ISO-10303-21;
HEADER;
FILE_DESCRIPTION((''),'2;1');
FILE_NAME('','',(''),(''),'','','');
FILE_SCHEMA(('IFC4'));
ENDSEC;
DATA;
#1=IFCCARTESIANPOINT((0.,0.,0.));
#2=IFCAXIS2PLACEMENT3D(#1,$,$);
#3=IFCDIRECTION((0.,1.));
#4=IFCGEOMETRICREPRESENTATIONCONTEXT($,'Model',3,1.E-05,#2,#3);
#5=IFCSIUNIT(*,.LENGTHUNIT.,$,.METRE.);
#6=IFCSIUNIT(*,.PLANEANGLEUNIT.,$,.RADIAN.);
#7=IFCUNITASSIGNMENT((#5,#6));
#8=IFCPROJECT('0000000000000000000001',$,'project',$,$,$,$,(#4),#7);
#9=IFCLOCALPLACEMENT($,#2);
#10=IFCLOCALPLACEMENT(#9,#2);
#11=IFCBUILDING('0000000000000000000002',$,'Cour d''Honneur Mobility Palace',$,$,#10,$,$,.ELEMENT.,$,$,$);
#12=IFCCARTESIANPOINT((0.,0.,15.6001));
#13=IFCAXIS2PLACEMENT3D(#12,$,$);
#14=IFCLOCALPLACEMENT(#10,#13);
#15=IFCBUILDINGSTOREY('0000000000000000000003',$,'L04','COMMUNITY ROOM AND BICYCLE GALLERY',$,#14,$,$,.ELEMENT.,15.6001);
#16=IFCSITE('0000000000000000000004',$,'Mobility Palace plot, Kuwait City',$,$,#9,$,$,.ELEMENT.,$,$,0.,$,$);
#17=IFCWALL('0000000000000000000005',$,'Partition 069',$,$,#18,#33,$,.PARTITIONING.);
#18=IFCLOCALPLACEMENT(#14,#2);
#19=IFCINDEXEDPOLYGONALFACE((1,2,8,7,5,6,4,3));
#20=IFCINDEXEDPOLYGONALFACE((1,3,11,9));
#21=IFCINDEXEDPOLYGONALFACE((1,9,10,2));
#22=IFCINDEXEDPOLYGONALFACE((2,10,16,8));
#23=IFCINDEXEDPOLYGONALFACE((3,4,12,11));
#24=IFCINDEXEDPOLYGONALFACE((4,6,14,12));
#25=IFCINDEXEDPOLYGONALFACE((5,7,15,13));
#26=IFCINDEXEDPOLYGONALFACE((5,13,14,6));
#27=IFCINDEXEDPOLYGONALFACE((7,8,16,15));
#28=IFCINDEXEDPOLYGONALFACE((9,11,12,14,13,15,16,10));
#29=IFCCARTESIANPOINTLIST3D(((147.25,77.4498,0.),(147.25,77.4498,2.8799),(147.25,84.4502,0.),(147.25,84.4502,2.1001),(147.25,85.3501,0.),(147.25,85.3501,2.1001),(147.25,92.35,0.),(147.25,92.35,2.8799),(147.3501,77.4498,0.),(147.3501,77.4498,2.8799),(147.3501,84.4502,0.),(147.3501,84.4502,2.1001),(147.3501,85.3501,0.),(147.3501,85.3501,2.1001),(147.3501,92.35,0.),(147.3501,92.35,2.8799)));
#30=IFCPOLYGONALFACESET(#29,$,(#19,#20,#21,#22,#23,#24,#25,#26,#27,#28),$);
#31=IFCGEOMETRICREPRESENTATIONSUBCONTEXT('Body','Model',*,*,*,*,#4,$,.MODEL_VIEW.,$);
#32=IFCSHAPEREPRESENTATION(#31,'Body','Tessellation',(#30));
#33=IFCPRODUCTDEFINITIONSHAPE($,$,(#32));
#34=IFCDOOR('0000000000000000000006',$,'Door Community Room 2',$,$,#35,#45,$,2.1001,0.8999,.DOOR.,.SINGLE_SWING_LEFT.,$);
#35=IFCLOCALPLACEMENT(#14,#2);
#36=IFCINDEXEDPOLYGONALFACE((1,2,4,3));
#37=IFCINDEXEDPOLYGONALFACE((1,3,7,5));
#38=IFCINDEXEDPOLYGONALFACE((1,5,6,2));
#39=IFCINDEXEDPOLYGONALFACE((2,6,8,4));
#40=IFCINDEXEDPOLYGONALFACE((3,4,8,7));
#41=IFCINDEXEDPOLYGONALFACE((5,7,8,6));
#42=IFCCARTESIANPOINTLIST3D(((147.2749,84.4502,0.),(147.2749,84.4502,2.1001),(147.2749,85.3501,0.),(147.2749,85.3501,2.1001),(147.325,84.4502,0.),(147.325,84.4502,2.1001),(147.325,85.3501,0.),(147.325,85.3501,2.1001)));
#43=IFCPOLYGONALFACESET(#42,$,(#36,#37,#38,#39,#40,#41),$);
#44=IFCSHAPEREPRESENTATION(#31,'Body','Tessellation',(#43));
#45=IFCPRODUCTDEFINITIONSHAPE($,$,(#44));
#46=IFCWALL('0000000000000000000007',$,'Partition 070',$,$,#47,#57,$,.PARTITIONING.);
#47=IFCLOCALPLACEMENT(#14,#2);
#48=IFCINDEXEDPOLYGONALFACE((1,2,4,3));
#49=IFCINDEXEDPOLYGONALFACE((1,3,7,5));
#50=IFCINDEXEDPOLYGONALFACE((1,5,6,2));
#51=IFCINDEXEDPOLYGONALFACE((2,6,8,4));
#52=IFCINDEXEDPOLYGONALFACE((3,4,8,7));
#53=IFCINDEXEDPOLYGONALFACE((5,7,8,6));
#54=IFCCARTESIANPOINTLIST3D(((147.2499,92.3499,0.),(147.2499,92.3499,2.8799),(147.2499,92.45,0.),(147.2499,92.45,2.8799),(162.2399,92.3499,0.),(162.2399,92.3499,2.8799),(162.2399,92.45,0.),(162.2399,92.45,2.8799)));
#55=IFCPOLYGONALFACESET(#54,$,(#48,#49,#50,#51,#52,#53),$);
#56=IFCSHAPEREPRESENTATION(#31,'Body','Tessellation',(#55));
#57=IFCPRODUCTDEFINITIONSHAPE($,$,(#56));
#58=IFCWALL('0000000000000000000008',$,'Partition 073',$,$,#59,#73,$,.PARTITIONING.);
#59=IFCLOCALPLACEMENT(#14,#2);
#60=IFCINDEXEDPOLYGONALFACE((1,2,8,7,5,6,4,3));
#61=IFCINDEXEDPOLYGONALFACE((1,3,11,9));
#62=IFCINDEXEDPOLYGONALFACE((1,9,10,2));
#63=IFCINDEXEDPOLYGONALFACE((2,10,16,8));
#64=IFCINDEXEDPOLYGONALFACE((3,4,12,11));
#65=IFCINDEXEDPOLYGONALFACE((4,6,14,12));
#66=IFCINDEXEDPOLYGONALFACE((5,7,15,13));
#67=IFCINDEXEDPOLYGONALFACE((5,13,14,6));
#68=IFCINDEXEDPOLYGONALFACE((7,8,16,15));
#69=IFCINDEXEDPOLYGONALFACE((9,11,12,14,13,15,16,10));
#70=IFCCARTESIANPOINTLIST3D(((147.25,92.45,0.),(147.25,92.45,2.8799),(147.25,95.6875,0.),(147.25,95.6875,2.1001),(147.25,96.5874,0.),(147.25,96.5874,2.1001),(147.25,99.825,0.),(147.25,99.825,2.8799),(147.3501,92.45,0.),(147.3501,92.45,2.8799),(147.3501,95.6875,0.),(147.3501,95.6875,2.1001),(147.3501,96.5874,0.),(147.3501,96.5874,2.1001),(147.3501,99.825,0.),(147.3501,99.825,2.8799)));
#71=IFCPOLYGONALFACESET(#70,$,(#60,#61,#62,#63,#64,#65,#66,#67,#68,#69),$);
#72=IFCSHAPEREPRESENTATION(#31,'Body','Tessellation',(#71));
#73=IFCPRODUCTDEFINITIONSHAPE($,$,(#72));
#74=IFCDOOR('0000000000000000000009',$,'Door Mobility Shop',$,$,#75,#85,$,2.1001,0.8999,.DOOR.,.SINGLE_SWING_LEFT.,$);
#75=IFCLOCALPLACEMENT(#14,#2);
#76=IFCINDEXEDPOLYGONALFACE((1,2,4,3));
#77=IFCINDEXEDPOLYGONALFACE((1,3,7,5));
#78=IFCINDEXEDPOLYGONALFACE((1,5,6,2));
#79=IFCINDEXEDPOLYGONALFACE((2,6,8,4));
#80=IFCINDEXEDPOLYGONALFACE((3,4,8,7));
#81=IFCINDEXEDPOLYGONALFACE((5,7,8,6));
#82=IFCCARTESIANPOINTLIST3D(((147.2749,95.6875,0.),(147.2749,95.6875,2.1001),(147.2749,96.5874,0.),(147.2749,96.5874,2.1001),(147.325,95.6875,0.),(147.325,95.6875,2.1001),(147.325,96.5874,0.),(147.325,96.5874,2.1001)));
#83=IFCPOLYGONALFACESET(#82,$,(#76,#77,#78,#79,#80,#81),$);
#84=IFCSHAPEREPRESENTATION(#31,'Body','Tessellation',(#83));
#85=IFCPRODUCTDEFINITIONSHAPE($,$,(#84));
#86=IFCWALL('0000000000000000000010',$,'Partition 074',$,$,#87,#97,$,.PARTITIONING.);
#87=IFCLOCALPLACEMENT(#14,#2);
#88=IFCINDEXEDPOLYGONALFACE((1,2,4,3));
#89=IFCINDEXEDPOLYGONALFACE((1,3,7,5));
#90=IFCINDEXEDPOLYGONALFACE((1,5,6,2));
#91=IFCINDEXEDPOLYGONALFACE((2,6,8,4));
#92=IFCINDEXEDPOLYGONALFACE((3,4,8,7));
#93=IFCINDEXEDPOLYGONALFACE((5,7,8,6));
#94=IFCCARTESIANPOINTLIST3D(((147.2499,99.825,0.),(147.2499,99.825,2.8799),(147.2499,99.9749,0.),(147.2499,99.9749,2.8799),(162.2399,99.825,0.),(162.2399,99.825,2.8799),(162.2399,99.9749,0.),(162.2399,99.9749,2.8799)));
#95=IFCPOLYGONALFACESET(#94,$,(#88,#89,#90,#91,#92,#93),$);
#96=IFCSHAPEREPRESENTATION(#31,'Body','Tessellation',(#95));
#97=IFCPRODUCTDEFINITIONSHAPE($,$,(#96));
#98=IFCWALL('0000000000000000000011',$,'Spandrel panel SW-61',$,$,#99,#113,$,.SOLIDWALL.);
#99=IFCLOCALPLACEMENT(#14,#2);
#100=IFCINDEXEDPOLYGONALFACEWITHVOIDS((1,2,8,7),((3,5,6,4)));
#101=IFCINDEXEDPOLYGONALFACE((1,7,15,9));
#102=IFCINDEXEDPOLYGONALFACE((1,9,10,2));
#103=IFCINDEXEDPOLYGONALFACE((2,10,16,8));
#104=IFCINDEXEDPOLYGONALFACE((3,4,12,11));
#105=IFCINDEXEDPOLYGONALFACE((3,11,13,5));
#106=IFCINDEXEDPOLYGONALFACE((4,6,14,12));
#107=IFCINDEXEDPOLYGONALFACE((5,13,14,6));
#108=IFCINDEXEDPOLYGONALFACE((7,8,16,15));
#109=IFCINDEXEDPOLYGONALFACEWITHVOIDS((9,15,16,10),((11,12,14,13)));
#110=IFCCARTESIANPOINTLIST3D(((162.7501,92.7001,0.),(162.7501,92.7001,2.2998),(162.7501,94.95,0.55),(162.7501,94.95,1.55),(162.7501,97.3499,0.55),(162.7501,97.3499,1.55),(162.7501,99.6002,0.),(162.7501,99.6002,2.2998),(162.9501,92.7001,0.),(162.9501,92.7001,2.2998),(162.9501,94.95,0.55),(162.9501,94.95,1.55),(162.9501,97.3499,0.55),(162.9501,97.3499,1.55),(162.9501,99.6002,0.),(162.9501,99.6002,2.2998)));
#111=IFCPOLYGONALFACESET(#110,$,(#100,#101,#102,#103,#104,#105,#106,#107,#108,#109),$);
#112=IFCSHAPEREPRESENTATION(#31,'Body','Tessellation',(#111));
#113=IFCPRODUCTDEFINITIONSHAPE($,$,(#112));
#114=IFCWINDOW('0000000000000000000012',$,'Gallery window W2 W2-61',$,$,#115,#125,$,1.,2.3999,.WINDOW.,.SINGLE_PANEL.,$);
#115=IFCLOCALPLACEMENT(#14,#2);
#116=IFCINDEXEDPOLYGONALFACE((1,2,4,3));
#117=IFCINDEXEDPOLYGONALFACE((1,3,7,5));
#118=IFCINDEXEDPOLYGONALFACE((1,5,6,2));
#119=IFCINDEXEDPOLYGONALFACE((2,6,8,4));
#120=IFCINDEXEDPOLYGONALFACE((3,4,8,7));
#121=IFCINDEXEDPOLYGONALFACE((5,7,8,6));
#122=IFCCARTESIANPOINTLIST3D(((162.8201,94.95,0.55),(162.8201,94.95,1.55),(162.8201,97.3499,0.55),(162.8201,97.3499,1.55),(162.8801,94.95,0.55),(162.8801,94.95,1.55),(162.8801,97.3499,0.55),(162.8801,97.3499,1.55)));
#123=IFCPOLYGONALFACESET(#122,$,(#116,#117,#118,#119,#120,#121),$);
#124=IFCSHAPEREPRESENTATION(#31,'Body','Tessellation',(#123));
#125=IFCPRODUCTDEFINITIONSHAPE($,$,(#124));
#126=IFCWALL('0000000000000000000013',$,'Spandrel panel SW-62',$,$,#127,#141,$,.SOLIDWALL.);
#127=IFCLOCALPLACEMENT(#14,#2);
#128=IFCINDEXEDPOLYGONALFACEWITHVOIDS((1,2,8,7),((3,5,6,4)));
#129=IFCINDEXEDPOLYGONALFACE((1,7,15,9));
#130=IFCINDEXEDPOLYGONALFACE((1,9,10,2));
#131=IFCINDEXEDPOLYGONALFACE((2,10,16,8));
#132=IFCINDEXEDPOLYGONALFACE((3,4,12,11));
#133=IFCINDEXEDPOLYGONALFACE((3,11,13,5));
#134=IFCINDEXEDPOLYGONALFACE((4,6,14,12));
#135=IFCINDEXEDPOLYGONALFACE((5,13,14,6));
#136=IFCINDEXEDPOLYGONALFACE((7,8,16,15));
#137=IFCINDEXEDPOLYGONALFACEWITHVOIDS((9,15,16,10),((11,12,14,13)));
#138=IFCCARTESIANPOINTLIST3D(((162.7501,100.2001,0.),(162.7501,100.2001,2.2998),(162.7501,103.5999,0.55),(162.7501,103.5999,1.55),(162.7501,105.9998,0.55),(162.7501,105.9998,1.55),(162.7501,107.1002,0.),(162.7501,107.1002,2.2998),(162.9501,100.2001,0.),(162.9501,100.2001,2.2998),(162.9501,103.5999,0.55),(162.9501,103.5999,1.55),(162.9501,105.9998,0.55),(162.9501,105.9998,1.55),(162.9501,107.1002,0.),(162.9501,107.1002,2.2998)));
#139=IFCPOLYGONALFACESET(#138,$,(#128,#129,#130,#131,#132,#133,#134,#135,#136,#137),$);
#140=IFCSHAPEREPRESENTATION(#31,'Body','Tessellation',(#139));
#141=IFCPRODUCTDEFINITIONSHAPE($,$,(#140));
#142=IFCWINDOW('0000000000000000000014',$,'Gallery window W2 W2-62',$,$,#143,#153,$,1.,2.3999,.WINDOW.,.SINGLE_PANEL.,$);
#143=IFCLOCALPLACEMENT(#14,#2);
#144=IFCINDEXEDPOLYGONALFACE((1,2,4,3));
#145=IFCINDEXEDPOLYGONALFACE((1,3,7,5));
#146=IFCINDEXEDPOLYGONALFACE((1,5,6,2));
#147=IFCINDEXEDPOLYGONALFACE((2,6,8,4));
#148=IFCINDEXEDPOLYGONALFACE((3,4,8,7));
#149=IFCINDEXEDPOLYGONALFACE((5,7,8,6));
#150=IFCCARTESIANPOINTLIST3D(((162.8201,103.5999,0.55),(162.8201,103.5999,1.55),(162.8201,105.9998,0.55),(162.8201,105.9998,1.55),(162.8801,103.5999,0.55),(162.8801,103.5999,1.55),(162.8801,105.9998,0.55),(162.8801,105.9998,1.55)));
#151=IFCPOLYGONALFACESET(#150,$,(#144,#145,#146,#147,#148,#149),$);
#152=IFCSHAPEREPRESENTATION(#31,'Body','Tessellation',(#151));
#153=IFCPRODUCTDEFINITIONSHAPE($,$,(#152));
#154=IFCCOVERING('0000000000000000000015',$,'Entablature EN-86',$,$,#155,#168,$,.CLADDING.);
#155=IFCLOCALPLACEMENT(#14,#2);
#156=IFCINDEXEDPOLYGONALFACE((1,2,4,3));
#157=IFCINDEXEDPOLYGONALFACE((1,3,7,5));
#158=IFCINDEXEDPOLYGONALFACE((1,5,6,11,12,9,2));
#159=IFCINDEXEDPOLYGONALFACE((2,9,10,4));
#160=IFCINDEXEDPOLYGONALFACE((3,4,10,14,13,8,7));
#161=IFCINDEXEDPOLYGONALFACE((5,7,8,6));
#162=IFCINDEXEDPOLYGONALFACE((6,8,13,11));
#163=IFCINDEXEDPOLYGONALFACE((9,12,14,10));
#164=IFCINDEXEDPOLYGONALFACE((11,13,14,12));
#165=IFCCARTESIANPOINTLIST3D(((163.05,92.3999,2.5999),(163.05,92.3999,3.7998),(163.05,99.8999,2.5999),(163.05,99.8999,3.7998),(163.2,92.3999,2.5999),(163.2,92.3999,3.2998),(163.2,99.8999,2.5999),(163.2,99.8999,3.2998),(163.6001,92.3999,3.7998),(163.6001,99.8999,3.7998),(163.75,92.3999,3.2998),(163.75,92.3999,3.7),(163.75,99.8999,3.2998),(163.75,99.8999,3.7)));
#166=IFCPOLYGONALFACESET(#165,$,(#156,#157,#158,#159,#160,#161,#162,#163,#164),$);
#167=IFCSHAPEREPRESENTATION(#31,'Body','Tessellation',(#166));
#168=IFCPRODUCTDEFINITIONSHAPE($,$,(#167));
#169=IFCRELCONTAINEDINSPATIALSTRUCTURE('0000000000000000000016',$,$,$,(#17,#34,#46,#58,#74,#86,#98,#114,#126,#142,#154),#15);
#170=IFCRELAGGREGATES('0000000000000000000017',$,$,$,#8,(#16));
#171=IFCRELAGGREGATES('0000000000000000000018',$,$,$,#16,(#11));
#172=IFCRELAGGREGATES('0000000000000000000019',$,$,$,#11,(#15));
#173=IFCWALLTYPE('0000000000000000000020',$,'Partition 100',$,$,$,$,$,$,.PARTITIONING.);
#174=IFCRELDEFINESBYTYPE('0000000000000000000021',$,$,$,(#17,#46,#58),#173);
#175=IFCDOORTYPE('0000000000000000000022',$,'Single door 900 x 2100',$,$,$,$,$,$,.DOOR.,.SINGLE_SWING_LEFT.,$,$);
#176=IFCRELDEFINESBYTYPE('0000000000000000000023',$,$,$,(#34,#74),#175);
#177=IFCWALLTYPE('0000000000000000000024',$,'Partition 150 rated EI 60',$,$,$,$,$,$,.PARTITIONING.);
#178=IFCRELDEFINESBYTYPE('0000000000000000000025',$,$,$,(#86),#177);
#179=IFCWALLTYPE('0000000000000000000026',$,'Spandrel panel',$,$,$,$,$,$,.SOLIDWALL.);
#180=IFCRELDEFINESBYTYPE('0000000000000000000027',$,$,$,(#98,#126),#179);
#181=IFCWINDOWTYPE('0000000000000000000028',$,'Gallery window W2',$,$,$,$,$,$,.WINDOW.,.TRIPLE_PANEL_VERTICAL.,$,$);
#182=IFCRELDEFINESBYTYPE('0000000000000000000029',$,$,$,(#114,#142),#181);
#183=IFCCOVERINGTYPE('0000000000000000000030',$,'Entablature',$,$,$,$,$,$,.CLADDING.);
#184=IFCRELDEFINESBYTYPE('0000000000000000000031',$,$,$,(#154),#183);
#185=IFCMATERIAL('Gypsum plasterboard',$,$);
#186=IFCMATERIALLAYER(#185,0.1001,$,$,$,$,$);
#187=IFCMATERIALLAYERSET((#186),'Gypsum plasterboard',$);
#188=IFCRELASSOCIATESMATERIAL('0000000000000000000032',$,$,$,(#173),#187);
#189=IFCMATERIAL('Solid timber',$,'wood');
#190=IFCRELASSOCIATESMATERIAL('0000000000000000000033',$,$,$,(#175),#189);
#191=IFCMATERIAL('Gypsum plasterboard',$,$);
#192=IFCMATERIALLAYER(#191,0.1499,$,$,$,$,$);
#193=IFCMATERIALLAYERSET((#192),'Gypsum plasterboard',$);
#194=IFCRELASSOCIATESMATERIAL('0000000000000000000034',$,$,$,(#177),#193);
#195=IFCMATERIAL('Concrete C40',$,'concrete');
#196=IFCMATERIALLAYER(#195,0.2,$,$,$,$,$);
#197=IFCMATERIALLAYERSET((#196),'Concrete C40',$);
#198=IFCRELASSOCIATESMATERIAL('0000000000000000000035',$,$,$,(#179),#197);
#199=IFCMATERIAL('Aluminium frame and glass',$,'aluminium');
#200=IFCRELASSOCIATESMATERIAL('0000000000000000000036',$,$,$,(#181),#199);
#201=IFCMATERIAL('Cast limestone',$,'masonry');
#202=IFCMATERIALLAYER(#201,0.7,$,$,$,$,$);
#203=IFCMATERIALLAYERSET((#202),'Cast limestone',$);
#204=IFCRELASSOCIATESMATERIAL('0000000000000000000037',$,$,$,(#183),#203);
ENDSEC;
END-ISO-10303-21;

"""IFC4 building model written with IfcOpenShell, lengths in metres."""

from ifc_helpers import new_model, si_unit, direction, frame, frame_2d, origin, place, context, subcontext, project, spatial, polyline, rectangle, outline, extrude, material, layer, layer_set, type_object, element, fill, save


model = new_model("IFC4")

# Units and contexts
model_context = context("Model", 3, precision=1e-05, world=origin(), true_north=direction((0.0, 1.0)))
body_context = subcontext(model_context, "Body", "Model", "MODEL_VIEW")
ifc_project = project(units=[si_unit("LENGTHUNIT", "METRE"), si_unit("PLANEANGLEUNIT", "RADIAN")], contexts=[model_context])

# Site, building, storey
site_placement = place(None, origin())
site = spatial("IfcSite", under=ifc_project, at=site_placement, Name="Mobility Palace plot, Kuwait City", CompositionType="ELEMENT", RefElevation=0.0)
building_placement = place(site_placement, origin())
building = spatial("IfcBuilding", under=site, at=building_placement, Name="Cour d'Honneur Mobility Palace", CompositionType="ELEMENT")
storey_placement = place(building_placement, frame((0.0, 0.0, 15.6001)))
storey = spatial("IfcBuildingStorey", under=building, at=storey_placement, Name="L04", Description="COMMUNITY ROOM AND BICYCLE GALLERY", CompositionType="ELEMENT", Elevation=15.6001)

# Wall, opening, door
ifc_material_1 = material(Name="Gypsum plasterboard")
ifc_layer_1 = layer(ifc_material_1, 0.1001)
ifc_layer_set_1 = layer_set([ifc_layer_1], Name="Gypsum plasterboard")
wall_type_1 = type_object("IfcWallType", Name="Partition 100", PredefinedType="PARTITIONING", material=ifc_layer_set_1)
wall_1_placement = place(storey_placement, frame((147.3, 92.3501, 0.0), z_axis=(0.0, 0.0, 1.0), x_axis=(0.0, -1.0, 0.0)))
wall_1 = element("IfcWall", 1, at=wall_1_placement, inside=storey, type_object=wall_type_1, Name="Partition 069", PredefinedType="PARTITIONING", context=body_context, shape_type="SweptSolid", body=[
    extrude(rectangle(XDim=14.9001, YDim=0.1001, at=frame_2d((7.4502, 0.0))), origin(), (0.0, 0.0, 1.0), 2.8799),
])
opening_1_placement = place(wall_1_placement, frame((7.0, 0.0, 0.0)))
opening_1 = element("IfcOpeningElement", 2, at=opening_1_placement, cuts=wall_1, PredefinedType="OPENING", context=body_context, shape_type="SweptSolid", body=[
    extrude(rectangle(XDim=0.8999, YDim=2.1001, at=frame_2d((0.45, 1.05))), frame((0.0, 0.0601, 0.0), z_axis=(0.0, -1.0, 0.0), x_axis=(1.0, 0.0, 0.0)), (0.0, 0.0, 1.0), 0.1201),
])
ifc_material_2 = material(Name="Solid timber", Category="wood")
door_type = type_object("IfcDoorType", Name="Single door 900 x 2100", OperationType="SINGLE_SWING_LEFT", PredefinedType="DOOR", material=ifc_material_2)
door_1_placement = place(opening_1_placement, origin())
door_1 = element("IfcDoor", 3, at=door_1_placement, inside=storey, type_object=door_type, Name="Door Community Room 2", OperationType="SINGLE_SWING_LEFT", OverallHeight=2.1001, OverallWidth=0.8999, PredefinedType="DOOR", context=body_context, shape_type="SweptSolid", body=[
    extrude(rectangle(XDim=0.8999, YDim=2.1001, at=frame_2d((0.45, 1.05))), frame((0.0, 0.0249, 0.0), z_axis=(0.0, -1.0, 0.0), x_axis=(1.0, 0.0, 0.0)), (0.0, 0.0, 1.0), 0.05),
])
fill(opening_1, door_1)

# Wall
wall_2_placement = place(storey_placement, frame((162.24, 92.3999, 0.0), z_axis=(0.0, 0.0, 1.0), x_axis=(-1.0, 0.0, 0.0)))
element("IfcWall", 4, at=wall_2_placement, inside=storey, type_object=wall_type_1, Name="Partition 070", PredefinedType="PARTITIONING", context=body_context, shape_type="SweptSolid", body=[
    extrude(rectangle(XDim=14.99, YDim=0.1001, at=frame_2d((7.4951, 0.0))), origin(), (0.0, 0.0, 1.0), 2.8799),
])

# Wall, opening, door
wall_3_placement = place(storey_placement, frame((147.3, 99.825, 0.0), z_axis=(0.0, 0.0, 1.0), x_axis=(0.0, -1.0, 0.0)))
wall_3 = element("IfcWall", 5, at=wall_3_placement, inside=storey, type_object=wall_type_1, Name="Partition 073", PredefinedType="PARTITIONING", context=body_context, shape_type="SweptSolid", body=[
    extrude(rectangle(XDim=7.375, YDim=0.1001, at=frame_2d((3.6875, 0.0))), origin(), (0.0, 0.0, 1.0), 2.8799),
])
opening_2_placement = place(wall_3_placement, frame((3.2375, 0.0, 0.0)))
opening_2 = element("IfcOpeningElement", 6, at=opening_2_placement, cuts=wall_3, PredefinedType="OPENING", context=body_context, shape_type="SweptSolid", body=[
    extrude(rectangle(XDim=0.8999, YDim=2.1001, at=frame_2d((0.45, 1.05))), frame((0.0, 0.0601, 0.0), z_axis=(0.0, -1.0, 0.0), x_axis=(1.0, 0.0, 0.0)), (0.0, 0.0, 1.0), 0.1201),
])
door_2_placement = place(opening_2_placement, origin())
door_2 = element("IfcDoor", 7, at=door_2_placement, inside=storey, type_object=door_type, Name="Door Mobility Shop", OperationType="SINGLE_SWING_LEFT", OverallHeight=2.1001, OverallWidth=0.8999, PredefinedType="DOOR", context=body_context, shape_type="SweptSolid", body=[
    extrude(rectangle(XDim=0.8999, YDim=2.1001, at=frame_2d((0.45, 1.05))), frame((0.0, 0.0249, 0.0), z_axis=(0.0, -1.0, 0.0), x_axis=(1.0, 0.0, 0.0)), (0.0, 0.0, 1.0), 0.05),
])
fill(opening_2, door_2)

# Wall
ifc_material_3 = material(Name="Gypsum plasterboard")
ifc_layer_2 = layer(ifc_material_3, 0.1499)
ifc_layer_set_2 = layer_set([ifc_layer_2], Name="Gypsum plasterboard")
wall_type_2 = type_object("IfcWallType", Name="Partition 150 rated EI 60", PredefinedType="PARTITIONING", material=ifc_layer_set_2)
wall_4_placement = place(storey_placement, frame((162.24, 99.8999, 0.0), z_axis=(0.0, 0.0, 1.0), x_axis=(-1.0, 0.0, 0.0)))
element("IfcWall", 8, at=wall_4_placement, inside=storey, type_object=wall_type_2, Name="Partition 074", PredefinedType="PARTITIONING", context=body_context, shape_type="SweptSolid", body=[
    extrude(rectangle(XDim=14.99, YDim=0.1499, at=frame_2d((7.4951, 0.0))), origin(), (0.0, 0.0, 1.0), 2.8799),
])

# Walls, openings, windows
ifc_material_4 = material(Name="Concrete C40", Category="concrete")
ifc_layer_3 = layer(ifc_material_4, 0.2)
ifc_layer_set_3 = layer_set([ifc_layer_3], Name="Concrete C40")
wall_type_3 = type_object("IfcWallType", Name="Spandrel panel", PredefinedType="SOLIDWALL", material=ifc_layer_set_3)
wall_5_placement = place(storey_placement, frame((162.8501, 92.7, 0.0), z_axis=(0.0, 0.0, 1.0), x_axis=(0.0, 1.0, 0.0)))
wall_5 = element("IfcWall", 9, at=wall_5_placement, inside=storey, type_object=wall_type_3, Name="Spandrel panel SW-61", PredefinedType="SOLIDWALL", context=body_context, shape_type="SweptSolid", body=[
    extrude(rectangle(XDim=6.9001, YDim=0.2, at=frame_2d((3.4502, 0.0))), origin(), (0.0, 0.0, 1.0), 2.2998),
])
opening_3_placement = place(wall_5_placement, frame((2.25, 0.0, 0.55)))
opening_3 = element("IfcOpeningElement", 10, at=opening_3_placement, cuts=wall_5, PredefinedType="OPENING", context=body_context, shape_type="SweptSolid", body=[
    extrude(rectangle(XDim=2.3999, YDim=1.0, at=frame_2d((1.2, 0.5))), frame((0.0, 0.1099, 0.0), z_axis=(0.0, -1.0, 0.0), x_axis=(1.0, 0.0, 0.0)), (0.0, 0.0, 1.0), 0.22),
])
ifc_material_5 = material(Name="Aluminium frame and glass", Category="aluminium")
window_type = type_object("IfcWindowType", Name="Gallery window W2", PartitioningType="TRIPLE_PANEL_VERTICAL", PredefinedType="WINDOW", material=ifc_material_5)
window_1_placement = place(opening_3_placement, origin())
window_1 = element("IfcWindow", 11, at=window_1_placement, inside=storey, type_object=window_type, Name="Gallery window W2 W2-61", OverallHeight=1.0, OverallWidth=2.3999, PartitioningType="SINGLE_PANEL", PredefinedType="WINDOW", context=body_context, shape_type="SweptSolid", body=[
    extrude(rectangle(XDim=2.3999, YDim=1.0, at=frame_2d((1.2, 0.5))), frame((0.0, 0.03, 0.0), z_axis=(0.0, -1.0, 0.0), x_axis=(1.0, 0.0, 0.0)), (0.0, 0.0, 1.0), 0.0601),
])
fill(opening_3, window_1)
wall_6_placement = place(storey_placement, frame((162.8501, 100.2, 0.0), z_axis=(0.0, 0.0, 1.0), x_axis=(0.0, 1.0, 0.0)))
wall_6 = element("IfcWall", 12, at=wall_6_placement, inside=storey, type_object=wall_type_3, Name="Spandrel panel SW-62", PredefinedType="SOLIDWALL", context=body_context, shape_type="SweptSolid", body=[
    extrude(rectangle(XDim=6.9001, YDim=0.2, at=frame_2d((3.4502, 0.0))), origin(), (0.0, 0.0, 1.0), 2.2998),
])
opening_4_placement = place(wall_6_placement, frame((3.3999, 0.0, 0.55)))
opening_4 = element("IfcOpeningElement", 13, at=opening_4_placement, cuts=wall_6, PredefinedType="OPENING", context=body_context, shape_type="SweptSolid", body=[
    extrude(rectangle(XDim=2.3999, YDim=1.0, at=frame_2d((1.2, 0.5))), frame((0.0, 0.1099, 0.0), z_axis=(0.0, -1.0, 0.0), x_axis=(1.0, 0.0, 0.0)), (0.0, 0.0, 1.0), 0.22),
])
window_2_placement = place(opening_4_placement, origin())
window_2 = element("IfcWindow", 14, at=window_2_placement, inside=storey, type_object=window_type, Name="Gallery window W2 W2-62", OverallHeight=1.0, OverallWidth=2.3999, PartitioningType="SINGLE_PANEL", PredefinedType="WINDOW", context=body_context, shape_type="SweptSolid", body=[
    extrude(rectangle(XDim=2.3999, YDim=1.0, at=frame_2d((1.2, 0.5))), frame((0.0, 0.03, 0.0), z_axis=(0.0, -1.0, 0.0), x_axis=(1.0, 0.0, 0.0)), (0.0, 0.0, 1.0), 0.0601),
])
fill(opening_4, window_2)

# Covering
ifc_material_6 = material(Name="Cast limestone", Category="masonry")
ifc_layer_4 = layer(ifc_material_6, 0.7)
ifc_layer_set_4 = layer_set([ifc_layer_4], Name="Cast limestone")
covering_type_1 = type_object("IfcCoveringType", Name="Entablature", PredefinedType="CLADDING", material=ifc_layer_set_4)
for number, where, z_axis, x_axis, name in (
    (15, (163.05, 92.3999, 2.5999), (0.0, -1.0, 0.0), (1.0, 0.0, 0.0), "Entablature EN-86"),
):
    element("IfcCovering", number, at=place(storey_placement, frame(where, z_axis=z_axis, x_axis=x_axis)), inside=storey, type_object=covering_type_1, Name=name, PredefinedType="CLADDING", context=body_context, shape_type="SweptSolid", body=[
        extrude(outline(polyline([(0.0, 0.0), (0.1499, 0.0), (0.1499, 0.7), (0.7, 0.7), (0.7, 1.1001), (0.55, 1.2), (0.0, 1.2), (0.0, 0.0)])), origin(), (0.0, 0.0, -1.0), 7.5),
    ])

save(model, "model.ifc")
